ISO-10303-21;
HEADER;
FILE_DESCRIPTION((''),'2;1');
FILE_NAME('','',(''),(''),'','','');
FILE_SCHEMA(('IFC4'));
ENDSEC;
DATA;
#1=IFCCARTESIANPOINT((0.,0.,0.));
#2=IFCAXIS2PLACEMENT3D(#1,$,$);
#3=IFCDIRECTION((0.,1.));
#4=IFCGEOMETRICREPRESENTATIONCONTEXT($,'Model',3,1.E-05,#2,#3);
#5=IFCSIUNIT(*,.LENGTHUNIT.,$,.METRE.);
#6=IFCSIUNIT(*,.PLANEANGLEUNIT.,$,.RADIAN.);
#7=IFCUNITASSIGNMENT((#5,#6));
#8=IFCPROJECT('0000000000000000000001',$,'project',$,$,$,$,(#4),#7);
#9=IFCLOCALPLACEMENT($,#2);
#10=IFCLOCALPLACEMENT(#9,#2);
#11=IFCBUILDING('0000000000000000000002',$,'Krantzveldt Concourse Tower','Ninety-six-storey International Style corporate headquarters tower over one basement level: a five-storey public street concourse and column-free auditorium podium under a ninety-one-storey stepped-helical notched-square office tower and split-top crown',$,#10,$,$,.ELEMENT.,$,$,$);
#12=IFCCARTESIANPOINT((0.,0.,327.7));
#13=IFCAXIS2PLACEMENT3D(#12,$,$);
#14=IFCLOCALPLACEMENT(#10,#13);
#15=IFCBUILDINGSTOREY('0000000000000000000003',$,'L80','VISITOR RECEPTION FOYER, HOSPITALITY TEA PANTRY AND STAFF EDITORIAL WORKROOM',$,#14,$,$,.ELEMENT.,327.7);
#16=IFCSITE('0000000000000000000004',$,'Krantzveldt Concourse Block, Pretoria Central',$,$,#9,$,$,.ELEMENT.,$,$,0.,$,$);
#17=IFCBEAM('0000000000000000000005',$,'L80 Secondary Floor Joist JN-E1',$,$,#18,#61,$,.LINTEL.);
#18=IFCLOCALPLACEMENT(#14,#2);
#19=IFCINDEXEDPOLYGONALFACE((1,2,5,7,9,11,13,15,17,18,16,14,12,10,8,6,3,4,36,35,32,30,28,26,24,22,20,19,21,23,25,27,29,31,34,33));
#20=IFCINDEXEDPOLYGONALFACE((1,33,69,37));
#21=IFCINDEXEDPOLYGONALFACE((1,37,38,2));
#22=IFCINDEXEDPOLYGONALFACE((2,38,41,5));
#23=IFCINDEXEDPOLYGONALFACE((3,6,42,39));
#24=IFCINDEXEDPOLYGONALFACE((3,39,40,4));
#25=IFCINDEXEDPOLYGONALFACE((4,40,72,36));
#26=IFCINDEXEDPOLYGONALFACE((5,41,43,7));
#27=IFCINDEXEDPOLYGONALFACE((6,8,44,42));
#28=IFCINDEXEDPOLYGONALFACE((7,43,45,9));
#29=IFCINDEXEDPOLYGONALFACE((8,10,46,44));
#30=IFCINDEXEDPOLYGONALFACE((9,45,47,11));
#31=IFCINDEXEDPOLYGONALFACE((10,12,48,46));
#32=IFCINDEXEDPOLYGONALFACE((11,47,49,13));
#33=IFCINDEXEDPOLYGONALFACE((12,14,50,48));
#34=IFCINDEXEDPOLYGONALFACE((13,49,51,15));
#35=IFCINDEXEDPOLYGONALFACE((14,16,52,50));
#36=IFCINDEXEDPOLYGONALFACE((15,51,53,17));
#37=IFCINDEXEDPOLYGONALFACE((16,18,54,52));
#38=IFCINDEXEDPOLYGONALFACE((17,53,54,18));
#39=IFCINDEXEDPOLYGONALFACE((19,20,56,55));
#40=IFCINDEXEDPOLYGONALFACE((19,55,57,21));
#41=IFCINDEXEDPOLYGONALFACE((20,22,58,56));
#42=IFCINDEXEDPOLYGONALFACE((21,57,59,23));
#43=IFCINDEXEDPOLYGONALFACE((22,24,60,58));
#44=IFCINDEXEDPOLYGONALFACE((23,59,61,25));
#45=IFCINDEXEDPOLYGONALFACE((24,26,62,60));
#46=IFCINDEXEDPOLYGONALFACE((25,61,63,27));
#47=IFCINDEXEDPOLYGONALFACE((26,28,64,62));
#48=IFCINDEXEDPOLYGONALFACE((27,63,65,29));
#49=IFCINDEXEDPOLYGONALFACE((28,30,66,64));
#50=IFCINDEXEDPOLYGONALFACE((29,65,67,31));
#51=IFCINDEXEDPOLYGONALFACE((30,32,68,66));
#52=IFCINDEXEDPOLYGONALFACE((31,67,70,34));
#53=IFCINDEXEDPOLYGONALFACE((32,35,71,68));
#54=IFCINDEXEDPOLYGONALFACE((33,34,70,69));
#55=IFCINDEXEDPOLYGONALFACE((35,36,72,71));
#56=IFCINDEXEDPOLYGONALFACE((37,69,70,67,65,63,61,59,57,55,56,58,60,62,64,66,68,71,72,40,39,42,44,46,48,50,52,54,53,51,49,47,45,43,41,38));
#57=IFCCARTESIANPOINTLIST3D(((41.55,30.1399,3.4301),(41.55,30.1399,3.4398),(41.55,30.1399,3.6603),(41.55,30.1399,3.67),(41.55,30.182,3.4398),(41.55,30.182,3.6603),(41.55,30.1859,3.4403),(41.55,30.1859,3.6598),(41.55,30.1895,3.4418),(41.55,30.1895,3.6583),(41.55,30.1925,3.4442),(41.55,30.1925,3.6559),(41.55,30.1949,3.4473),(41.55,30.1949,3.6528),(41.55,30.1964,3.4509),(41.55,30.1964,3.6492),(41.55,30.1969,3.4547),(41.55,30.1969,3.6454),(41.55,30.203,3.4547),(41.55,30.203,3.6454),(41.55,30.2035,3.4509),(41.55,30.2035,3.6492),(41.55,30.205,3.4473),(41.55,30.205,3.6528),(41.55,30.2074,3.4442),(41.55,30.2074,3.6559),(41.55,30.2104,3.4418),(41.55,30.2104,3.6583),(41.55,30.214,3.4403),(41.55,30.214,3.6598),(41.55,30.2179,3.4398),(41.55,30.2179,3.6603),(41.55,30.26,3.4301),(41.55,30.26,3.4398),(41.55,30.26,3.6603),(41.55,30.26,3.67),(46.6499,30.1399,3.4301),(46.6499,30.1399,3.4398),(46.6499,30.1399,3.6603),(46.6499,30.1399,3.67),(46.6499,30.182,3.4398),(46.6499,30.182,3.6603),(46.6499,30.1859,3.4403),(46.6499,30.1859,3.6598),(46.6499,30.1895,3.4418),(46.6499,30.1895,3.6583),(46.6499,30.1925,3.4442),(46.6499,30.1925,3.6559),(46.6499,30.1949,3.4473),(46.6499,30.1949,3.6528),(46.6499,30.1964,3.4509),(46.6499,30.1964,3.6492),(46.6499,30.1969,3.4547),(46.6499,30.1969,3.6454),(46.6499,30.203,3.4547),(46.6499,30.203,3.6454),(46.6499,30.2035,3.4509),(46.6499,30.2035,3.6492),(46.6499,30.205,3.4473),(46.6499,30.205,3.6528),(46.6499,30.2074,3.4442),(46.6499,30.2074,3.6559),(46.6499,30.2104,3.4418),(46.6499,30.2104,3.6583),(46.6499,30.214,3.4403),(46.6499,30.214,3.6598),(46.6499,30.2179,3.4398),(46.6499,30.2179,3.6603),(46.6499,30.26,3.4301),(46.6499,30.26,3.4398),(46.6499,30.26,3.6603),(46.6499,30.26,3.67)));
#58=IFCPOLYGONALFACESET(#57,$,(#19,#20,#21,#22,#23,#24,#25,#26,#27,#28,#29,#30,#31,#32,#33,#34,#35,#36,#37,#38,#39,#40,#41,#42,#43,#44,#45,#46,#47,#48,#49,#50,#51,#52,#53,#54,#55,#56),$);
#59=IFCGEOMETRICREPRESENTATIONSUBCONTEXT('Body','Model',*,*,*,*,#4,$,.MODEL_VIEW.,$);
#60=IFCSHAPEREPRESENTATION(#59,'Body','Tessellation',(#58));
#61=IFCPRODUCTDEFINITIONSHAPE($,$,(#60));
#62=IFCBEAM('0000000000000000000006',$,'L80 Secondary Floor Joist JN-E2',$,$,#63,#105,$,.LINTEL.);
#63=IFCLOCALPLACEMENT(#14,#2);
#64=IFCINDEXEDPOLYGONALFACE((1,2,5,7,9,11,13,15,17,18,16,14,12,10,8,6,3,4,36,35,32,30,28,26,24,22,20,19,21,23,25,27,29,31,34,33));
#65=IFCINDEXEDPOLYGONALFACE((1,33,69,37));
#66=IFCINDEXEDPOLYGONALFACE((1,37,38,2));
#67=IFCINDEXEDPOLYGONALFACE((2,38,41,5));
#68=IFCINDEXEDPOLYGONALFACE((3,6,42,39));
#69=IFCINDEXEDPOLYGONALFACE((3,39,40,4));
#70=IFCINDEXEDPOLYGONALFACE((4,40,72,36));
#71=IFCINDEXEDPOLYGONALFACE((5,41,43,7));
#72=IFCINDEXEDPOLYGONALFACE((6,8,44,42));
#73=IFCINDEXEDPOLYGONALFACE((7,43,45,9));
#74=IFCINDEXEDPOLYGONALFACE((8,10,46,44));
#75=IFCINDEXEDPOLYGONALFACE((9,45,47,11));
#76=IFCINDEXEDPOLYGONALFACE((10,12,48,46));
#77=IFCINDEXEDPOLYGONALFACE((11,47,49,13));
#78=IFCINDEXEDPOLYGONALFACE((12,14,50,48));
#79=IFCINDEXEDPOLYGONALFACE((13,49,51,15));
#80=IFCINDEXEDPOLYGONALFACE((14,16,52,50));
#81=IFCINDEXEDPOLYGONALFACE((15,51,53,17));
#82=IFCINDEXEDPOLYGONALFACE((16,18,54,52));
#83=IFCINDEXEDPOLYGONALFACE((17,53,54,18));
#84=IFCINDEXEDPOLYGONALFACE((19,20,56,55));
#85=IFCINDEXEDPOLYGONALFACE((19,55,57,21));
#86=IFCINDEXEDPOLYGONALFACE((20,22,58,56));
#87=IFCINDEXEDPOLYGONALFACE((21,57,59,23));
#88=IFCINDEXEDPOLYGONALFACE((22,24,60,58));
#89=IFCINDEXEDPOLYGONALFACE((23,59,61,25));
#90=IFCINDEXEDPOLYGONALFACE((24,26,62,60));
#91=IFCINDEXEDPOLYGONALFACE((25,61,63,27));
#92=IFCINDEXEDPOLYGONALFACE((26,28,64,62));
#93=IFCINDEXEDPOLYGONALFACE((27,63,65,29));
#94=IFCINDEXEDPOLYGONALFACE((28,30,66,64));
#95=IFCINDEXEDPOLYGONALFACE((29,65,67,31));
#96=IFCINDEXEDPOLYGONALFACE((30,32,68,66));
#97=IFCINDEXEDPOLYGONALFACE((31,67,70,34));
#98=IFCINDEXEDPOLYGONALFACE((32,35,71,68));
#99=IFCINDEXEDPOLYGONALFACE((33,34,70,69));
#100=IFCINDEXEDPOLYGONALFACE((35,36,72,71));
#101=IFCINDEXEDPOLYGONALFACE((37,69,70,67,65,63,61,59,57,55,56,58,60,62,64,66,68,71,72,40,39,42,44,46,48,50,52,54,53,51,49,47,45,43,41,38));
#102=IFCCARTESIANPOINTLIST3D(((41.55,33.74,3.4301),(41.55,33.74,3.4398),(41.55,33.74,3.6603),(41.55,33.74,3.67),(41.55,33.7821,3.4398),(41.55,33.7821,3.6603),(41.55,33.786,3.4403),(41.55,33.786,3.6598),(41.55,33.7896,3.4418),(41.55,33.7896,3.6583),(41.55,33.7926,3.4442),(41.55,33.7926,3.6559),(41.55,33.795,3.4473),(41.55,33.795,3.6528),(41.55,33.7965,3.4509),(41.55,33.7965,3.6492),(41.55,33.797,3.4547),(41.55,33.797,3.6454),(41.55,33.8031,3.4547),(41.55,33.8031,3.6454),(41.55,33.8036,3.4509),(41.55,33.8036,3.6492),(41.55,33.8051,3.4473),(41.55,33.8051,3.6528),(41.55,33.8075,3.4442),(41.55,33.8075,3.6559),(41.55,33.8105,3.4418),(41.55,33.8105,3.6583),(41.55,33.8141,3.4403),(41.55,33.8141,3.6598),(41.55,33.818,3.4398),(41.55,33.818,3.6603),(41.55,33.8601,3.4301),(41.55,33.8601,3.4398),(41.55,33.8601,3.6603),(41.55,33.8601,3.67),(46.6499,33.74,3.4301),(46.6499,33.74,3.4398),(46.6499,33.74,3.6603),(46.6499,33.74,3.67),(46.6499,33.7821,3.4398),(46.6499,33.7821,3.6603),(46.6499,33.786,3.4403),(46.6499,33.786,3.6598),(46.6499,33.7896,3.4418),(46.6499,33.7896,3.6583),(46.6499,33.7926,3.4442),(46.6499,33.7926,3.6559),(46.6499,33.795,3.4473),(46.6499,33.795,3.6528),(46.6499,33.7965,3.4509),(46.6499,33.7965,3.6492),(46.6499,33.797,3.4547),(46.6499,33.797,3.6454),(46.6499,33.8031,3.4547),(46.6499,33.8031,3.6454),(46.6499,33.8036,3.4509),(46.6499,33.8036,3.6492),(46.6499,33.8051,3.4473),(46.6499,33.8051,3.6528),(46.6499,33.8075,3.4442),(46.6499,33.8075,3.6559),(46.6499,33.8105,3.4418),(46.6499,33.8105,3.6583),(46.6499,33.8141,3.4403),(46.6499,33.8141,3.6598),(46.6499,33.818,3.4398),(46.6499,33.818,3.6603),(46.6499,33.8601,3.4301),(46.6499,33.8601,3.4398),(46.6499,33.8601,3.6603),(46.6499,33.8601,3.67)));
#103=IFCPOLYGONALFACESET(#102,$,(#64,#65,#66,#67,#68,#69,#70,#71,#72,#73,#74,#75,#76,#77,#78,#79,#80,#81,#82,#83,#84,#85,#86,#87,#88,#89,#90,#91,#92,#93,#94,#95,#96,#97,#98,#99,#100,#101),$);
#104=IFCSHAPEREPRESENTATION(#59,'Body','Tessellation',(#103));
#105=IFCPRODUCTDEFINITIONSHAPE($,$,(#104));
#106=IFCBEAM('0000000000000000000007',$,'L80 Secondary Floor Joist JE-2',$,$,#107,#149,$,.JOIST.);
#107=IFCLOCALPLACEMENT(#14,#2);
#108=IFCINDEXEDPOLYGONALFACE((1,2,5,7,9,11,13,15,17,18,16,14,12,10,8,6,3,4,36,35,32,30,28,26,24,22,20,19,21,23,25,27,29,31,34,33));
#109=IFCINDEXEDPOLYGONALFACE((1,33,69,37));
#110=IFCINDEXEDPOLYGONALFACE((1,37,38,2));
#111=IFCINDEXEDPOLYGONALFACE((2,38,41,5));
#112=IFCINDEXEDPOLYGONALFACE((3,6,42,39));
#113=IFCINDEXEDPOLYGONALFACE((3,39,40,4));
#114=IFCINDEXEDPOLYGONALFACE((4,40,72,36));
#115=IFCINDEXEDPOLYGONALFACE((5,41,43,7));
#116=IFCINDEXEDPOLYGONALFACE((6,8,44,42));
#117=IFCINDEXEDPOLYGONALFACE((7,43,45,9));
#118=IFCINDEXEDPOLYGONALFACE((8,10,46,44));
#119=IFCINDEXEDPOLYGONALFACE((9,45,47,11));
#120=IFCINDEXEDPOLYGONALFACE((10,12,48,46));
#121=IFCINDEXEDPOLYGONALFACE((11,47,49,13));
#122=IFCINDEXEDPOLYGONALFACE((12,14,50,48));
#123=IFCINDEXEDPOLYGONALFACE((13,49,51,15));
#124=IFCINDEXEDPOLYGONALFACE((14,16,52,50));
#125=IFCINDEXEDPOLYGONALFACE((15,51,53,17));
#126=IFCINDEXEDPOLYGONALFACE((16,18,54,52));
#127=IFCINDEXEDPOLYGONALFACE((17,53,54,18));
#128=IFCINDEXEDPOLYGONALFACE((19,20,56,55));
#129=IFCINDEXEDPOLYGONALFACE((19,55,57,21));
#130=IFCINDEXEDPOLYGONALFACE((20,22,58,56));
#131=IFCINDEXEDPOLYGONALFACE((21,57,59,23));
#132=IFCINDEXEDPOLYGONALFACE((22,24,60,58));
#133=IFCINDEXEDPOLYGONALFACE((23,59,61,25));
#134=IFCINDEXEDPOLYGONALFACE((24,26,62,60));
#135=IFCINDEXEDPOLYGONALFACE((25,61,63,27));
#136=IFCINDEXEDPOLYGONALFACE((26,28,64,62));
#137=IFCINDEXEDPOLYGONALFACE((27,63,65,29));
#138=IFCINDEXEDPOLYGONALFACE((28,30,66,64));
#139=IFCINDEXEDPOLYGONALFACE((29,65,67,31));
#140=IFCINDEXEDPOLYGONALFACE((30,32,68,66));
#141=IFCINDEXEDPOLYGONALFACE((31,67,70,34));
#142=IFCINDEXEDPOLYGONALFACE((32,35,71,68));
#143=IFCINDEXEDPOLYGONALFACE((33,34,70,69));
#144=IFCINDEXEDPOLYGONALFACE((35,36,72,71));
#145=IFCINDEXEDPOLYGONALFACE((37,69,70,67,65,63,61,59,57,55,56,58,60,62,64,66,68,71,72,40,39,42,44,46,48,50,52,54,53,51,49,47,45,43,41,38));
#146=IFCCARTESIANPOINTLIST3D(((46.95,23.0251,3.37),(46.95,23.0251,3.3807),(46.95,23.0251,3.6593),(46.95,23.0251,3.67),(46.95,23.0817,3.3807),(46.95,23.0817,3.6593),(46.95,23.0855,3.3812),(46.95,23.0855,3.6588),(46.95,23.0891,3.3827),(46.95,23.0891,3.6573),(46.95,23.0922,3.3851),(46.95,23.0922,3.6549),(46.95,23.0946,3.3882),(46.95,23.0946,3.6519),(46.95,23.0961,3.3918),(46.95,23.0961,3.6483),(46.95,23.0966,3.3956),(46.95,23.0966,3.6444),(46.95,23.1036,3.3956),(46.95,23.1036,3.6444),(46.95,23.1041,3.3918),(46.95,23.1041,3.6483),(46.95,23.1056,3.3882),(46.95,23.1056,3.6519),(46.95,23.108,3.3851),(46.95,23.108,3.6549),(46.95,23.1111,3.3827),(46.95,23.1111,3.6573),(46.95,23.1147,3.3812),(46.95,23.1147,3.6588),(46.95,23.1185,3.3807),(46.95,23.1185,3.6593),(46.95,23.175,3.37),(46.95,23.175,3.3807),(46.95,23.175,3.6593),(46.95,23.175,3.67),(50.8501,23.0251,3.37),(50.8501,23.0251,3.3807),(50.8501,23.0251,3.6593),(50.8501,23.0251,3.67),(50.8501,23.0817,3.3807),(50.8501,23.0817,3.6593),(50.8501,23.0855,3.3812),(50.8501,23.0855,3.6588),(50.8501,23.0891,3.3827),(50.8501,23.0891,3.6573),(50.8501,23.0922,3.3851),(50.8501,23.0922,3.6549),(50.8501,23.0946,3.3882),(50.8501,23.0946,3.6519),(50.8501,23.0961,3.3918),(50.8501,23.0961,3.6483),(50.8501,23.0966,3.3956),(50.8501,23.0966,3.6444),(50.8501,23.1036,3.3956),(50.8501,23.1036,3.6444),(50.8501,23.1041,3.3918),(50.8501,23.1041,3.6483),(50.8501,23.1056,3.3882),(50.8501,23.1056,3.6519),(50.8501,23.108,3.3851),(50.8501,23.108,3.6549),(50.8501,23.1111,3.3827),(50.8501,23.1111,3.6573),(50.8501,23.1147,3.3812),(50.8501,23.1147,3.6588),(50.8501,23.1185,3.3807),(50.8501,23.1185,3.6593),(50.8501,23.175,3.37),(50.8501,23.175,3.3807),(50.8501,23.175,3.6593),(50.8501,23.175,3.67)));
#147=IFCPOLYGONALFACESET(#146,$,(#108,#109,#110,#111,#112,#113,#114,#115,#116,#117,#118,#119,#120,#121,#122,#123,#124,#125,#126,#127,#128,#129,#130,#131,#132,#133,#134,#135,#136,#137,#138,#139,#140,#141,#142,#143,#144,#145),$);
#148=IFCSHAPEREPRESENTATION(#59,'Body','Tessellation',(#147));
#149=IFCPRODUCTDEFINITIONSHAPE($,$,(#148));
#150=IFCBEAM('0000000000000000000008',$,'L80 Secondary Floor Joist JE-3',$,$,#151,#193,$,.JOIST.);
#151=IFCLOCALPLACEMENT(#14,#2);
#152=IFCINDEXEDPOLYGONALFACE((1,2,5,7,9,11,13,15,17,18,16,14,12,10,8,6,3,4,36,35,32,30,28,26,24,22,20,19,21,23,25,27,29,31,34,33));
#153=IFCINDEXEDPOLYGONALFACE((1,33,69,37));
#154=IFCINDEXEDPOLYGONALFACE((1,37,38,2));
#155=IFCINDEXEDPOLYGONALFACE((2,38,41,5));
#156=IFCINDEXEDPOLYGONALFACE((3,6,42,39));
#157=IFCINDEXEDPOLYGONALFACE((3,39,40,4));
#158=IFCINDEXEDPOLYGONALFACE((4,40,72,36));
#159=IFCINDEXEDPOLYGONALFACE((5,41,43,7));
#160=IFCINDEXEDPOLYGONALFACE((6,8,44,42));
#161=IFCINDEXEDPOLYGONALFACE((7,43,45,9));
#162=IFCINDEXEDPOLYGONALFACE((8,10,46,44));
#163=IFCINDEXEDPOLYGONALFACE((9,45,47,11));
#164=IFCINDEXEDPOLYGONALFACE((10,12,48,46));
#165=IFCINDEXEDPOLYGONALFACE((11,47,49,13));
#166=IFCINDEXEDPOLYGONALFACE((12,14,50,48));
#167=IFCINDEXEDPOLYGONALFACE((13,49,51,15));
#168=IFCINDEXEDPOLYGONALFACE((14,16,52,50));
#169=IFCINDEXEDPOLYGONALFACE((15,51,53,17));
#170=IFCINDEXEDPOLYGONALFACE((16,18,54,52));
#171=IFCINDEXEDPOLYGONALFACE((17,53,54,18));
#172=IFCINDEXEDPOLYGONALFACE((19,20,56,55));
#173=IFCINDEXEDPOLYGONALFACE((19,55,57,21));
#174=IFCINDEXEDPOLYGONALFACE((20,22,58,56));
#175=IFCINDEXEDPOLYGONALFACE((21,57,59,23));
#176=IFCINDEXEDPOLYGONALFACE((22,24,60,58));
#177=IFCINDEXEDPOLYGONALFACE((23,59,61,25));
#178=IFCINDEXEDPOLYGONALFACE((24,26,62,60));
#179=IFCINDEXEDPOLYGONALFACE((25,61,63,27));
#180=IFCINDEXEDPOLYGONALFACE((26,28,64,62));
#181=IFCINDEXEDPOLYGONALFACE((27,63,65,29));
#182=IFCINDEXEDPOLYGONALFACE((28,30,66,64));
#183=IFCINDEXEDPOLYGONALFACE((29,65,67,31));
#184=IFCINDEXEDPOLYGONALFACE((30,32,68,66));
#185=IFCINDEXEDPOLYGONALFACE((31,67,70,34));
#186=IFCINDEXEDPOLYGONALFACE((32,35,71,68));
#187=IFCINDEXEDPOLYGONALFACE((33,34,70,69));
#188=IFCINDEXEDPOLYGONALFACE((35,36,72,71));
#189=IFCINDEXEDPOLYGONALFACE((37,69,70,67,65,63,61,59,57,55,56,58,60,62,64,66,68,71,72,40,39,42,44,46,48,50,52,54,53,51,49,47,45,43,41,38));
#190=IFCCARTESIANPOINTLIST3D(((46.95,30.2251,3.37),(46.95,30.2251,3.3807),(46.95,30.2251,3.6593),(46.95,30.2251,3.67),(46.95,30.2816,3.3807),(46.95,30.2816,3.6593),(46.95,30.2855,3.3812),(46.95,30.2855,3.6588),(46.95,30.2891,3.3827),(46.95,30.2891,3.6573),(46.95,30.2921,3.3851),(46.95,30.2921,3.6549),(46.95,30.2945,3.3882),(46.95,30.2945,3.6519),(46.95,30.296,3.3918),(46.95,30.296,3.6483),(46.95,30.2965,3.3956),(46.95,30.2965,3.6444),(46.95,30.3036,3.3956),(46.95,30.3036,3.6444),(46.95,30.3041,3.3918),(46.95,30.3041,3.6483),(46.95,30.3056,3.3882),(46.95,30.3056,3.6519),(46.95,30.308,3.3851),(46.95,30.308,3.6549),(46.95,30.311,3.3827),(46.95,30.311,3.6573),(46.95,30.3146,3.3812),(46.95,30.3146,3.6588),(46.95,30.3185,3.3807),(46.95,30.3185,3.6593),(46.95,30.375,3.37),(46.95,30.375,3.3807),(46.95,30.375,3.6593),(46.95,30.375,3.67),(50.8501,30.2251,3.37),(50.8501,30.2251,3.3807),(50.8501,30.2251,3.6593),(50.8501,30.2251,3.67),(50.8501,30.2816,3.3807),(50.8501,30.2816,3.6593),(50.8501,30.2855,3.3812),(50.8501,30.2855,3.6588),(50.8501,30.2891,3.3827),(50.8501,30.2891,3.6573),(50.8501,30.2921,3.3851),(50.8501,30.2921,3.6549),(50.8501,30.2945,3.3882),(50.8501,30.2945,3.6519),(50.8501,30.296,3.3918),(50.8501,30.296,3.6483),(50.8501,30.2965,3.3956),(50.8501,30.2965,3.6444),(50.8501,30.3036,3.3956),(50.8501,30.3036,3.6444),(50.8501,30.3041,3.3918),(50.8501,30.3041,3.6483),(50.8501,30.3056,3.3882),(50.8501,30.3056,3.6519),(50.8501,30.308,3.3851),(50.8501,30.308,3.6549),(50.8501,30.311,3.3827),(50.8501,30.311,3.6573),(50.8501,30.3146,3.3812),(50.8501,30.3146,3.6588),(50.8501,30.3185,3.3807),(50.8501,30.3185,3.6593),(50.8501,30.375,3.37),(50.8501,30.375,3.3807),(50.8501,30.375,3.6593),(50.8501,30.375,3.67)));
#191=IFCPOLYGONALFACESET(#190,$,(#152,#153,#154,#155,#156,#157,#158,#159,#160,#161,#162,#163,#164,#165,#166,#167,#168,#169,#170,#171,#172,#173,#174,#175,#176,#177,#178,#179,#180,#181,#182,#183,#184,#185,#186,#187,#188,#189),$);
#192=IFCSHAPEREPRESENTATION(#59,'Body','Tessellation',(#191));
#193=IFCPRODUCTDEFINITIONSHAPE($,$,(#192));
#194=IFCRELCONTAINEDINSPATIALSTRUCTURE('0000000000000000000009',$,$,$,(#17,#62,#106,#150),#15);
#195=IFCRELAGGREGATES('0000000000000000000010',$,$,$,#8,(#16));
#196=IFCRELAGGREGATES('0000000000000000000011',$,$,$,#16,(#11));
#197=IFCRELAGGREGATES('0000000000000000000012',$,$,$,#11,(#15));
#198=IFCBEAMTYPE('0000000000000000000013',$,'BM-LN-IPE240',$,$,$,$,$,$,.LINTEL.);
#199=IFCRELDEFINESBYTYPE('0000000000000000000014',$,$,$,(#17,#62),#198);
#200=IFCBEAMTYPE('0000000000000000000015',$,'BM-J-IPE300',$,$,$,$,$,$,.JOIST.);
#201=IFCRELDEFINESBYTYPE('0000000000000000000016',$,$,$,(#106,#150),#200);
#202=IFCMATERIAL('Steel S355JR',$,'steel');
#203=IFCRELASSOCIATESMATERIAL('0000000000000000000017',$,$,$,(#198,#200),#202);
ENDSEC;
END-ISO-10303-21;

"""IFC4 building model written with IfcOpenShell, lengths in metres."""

from ifc_helpers import new_model, si_unit, direction, frame, origin, origin_2d, place, context, subcontext, project, spatial, i_section, extrude, source, transform, mapped, material, material_profile, profile_set, type_object, type_shapes, element, save


model = new_model("IFC4")

# Units and contexts
model_context = context("Model", 3, precision=1e-05, world=origin(), true_north=direction((0.0, 1.0)))
body_context = subcontext(model_context, "Body", "Model", "MODEL_VIEW")
ifc_project = project(units=[si_unit("LENGTHUNIT", "METRE"), si_unit("PLANEANGLEUNIT", "RADIAN")], contexts=[model_context])

# Site, building, storey
site_placement = place(None, origin())
site = spatial("IfcSite", under=ifc_project, at=site_placement, Name="Krantzveldt Concourse Block, Pretoria Central", CompositionType="ELEMENT", RefElevation=0.0)
building_placement = place(site_placement, origin())
building = spatial("IfcBuilding", under=site, at=building_placement, Name="Krantzveldt Concourse Tower", Description="Ninety-six-storey International Style corporate headquarters tower over one basement level: a five-storey public street concourse and column-free auditorium podium under a ninety-one-storey stepped-helical notched-square office tower and split-top crown", CompositionType="ELEMENT")
storey_placement = place(building_placement, frame((0.0, 0.0, 327.7)))
storey = spatial("IfcBuildingStorey", under=building, at=storey_placement, Name="L80", Description="VISITOR RECEPTION FOYER, HOSPITALITY TEA PANTRY AND STAFF EDITORIAL WORKROOM", CompositionType="ELEMENT", Elevation=327.7)

# Beams
ifc_material_1 = material(Name="Steel S355JR", Category="steel")
ifc_material_profile_1 = material_profile(ifc_material_1, i_section(OverallWidth=0.1201, OverallDepth=0.24, WebThickness=0.0061, FlangeThickness=0.0098, FilletRadius=0.0149, at=origin_2d()), Name="Steel S355JR", Category="steel")
ifc_profile_set_1 = profile_set([ifc_material_profile_1], Name="Steel S355JR - IPE 240")
beam_type_1 = type_object("IfcBeamType", Name="BM-LN-IPE240", PredefinedType="LINTEL", material=ifc_profile_set_1)
shared_shape_1 = source(origin(), body_context, "Body", "SweptSolid", [
    extrude(i_section(OverallWidth=0.1201, OverallDepth=0.24, WebThickness=0.0061, FlangeThickness=0.0098, FilletRadius=0.0149, at=origin_2d()), origin(), (0.0, 0.0, 1.0), 5.0999),
])
type_shapes(beam_type_1, [shared_shape_1])
for number, where, z_axis, x_axis, name in (
    (1, (41.55, 30.2, 3.55), (1.0, 0.0, 0.0), (0.0, 1.0, 0.0), "L80 Secondary Floor Joist JN-E1"),
    (2, (41.55, 33.8, 3.55), (1.0, 0.0, 0.0), (0.0, 1.0, 0.0), "L80 Secondary Floor Joist JN-E2"),
):
    element("IfcBeam", number, at=place(storey_placement, frame(where, z_axis=z_axis, x_axis=x_axis)), inside=storey, type_object=beam_type_1, Name=name, PredefinedType="LINTEL", context=body_context, shape_type="MappedRepresentation", body=[
        mapped(shared_shape_1, transform((0.0, 0.0, 0.0), x_axis=(1.0, 0.0, 0.0), y_axis=(0.0, 1.0, 0.0), z_axis=(0.0, 0.0, 1.0), scale=1.0)),
    ])
ifc_material_profile_2 = material_profile(ifc_material_1, i_section(OverallWidth=0.1499, OverallDepth=0.3, WebThickness=0.0071, FlangeThickness=0.0107, FilletRadius=0.0149, at=origin_2d()), Name="Steel S355JR", Category="steel")
ifc_profile_set_2 = profile_set([ifc_material_profile_2], Name="Steel S355JR - IPE 300")
beam_type_2 = type_object("IfcBeamType", Name="BM-J-IPE300", PredefinedType="JOIST", material=ifc_profile_set_2)
shared_shape_2 = source(origin(), body_context, "Body", "SweptSolid", [
    extrude(i_section(OverallWidth=0.1499, OverallDepth=0.3, WebThickness=0.0071, FlangeThickness=0.0107, FilletRadius=0.0149, at=origin_2d()), origin(), (0.0, 0.0, 1.0), 3.9001),
])
type_shapes(beam_type_2, [shared_shape_2])
for number, where, z_axis, x_axis, name in (
    (3, (46.95, 23.1001, 3.52), (1.0, 0.0, 0.0), (0.0, 1.0, 0.0), "L80 Secondary Floor Joist JE-2"),
    (4, (46.95, 30.3, 3.52), (1.0, 0.0, 0.0), (0.0, 1.0, 0.0), "L80 Secondary Floor Joist JE-3"),
):
    element("IfcBeam", number, at=place(storey_placement, frame(where, z_axis=z_axis, x_axis=x_axis)), inside=storey, type_object=beam_type_2, Name=name, PredefinedType="JOIST", context=body_context, shape_type="MappedRepresentation", body=[
        mapped(shared_shape_2, transform((0.0, 0.0, 0.0), x_axis=(1.0, 0.0, 0.0), y_axis=(0.0, 1.0, 0.0), z_axis=(0.0, 0.0, 1.0), scale=1.0)),
    ])

save(model, "model.ifc")
